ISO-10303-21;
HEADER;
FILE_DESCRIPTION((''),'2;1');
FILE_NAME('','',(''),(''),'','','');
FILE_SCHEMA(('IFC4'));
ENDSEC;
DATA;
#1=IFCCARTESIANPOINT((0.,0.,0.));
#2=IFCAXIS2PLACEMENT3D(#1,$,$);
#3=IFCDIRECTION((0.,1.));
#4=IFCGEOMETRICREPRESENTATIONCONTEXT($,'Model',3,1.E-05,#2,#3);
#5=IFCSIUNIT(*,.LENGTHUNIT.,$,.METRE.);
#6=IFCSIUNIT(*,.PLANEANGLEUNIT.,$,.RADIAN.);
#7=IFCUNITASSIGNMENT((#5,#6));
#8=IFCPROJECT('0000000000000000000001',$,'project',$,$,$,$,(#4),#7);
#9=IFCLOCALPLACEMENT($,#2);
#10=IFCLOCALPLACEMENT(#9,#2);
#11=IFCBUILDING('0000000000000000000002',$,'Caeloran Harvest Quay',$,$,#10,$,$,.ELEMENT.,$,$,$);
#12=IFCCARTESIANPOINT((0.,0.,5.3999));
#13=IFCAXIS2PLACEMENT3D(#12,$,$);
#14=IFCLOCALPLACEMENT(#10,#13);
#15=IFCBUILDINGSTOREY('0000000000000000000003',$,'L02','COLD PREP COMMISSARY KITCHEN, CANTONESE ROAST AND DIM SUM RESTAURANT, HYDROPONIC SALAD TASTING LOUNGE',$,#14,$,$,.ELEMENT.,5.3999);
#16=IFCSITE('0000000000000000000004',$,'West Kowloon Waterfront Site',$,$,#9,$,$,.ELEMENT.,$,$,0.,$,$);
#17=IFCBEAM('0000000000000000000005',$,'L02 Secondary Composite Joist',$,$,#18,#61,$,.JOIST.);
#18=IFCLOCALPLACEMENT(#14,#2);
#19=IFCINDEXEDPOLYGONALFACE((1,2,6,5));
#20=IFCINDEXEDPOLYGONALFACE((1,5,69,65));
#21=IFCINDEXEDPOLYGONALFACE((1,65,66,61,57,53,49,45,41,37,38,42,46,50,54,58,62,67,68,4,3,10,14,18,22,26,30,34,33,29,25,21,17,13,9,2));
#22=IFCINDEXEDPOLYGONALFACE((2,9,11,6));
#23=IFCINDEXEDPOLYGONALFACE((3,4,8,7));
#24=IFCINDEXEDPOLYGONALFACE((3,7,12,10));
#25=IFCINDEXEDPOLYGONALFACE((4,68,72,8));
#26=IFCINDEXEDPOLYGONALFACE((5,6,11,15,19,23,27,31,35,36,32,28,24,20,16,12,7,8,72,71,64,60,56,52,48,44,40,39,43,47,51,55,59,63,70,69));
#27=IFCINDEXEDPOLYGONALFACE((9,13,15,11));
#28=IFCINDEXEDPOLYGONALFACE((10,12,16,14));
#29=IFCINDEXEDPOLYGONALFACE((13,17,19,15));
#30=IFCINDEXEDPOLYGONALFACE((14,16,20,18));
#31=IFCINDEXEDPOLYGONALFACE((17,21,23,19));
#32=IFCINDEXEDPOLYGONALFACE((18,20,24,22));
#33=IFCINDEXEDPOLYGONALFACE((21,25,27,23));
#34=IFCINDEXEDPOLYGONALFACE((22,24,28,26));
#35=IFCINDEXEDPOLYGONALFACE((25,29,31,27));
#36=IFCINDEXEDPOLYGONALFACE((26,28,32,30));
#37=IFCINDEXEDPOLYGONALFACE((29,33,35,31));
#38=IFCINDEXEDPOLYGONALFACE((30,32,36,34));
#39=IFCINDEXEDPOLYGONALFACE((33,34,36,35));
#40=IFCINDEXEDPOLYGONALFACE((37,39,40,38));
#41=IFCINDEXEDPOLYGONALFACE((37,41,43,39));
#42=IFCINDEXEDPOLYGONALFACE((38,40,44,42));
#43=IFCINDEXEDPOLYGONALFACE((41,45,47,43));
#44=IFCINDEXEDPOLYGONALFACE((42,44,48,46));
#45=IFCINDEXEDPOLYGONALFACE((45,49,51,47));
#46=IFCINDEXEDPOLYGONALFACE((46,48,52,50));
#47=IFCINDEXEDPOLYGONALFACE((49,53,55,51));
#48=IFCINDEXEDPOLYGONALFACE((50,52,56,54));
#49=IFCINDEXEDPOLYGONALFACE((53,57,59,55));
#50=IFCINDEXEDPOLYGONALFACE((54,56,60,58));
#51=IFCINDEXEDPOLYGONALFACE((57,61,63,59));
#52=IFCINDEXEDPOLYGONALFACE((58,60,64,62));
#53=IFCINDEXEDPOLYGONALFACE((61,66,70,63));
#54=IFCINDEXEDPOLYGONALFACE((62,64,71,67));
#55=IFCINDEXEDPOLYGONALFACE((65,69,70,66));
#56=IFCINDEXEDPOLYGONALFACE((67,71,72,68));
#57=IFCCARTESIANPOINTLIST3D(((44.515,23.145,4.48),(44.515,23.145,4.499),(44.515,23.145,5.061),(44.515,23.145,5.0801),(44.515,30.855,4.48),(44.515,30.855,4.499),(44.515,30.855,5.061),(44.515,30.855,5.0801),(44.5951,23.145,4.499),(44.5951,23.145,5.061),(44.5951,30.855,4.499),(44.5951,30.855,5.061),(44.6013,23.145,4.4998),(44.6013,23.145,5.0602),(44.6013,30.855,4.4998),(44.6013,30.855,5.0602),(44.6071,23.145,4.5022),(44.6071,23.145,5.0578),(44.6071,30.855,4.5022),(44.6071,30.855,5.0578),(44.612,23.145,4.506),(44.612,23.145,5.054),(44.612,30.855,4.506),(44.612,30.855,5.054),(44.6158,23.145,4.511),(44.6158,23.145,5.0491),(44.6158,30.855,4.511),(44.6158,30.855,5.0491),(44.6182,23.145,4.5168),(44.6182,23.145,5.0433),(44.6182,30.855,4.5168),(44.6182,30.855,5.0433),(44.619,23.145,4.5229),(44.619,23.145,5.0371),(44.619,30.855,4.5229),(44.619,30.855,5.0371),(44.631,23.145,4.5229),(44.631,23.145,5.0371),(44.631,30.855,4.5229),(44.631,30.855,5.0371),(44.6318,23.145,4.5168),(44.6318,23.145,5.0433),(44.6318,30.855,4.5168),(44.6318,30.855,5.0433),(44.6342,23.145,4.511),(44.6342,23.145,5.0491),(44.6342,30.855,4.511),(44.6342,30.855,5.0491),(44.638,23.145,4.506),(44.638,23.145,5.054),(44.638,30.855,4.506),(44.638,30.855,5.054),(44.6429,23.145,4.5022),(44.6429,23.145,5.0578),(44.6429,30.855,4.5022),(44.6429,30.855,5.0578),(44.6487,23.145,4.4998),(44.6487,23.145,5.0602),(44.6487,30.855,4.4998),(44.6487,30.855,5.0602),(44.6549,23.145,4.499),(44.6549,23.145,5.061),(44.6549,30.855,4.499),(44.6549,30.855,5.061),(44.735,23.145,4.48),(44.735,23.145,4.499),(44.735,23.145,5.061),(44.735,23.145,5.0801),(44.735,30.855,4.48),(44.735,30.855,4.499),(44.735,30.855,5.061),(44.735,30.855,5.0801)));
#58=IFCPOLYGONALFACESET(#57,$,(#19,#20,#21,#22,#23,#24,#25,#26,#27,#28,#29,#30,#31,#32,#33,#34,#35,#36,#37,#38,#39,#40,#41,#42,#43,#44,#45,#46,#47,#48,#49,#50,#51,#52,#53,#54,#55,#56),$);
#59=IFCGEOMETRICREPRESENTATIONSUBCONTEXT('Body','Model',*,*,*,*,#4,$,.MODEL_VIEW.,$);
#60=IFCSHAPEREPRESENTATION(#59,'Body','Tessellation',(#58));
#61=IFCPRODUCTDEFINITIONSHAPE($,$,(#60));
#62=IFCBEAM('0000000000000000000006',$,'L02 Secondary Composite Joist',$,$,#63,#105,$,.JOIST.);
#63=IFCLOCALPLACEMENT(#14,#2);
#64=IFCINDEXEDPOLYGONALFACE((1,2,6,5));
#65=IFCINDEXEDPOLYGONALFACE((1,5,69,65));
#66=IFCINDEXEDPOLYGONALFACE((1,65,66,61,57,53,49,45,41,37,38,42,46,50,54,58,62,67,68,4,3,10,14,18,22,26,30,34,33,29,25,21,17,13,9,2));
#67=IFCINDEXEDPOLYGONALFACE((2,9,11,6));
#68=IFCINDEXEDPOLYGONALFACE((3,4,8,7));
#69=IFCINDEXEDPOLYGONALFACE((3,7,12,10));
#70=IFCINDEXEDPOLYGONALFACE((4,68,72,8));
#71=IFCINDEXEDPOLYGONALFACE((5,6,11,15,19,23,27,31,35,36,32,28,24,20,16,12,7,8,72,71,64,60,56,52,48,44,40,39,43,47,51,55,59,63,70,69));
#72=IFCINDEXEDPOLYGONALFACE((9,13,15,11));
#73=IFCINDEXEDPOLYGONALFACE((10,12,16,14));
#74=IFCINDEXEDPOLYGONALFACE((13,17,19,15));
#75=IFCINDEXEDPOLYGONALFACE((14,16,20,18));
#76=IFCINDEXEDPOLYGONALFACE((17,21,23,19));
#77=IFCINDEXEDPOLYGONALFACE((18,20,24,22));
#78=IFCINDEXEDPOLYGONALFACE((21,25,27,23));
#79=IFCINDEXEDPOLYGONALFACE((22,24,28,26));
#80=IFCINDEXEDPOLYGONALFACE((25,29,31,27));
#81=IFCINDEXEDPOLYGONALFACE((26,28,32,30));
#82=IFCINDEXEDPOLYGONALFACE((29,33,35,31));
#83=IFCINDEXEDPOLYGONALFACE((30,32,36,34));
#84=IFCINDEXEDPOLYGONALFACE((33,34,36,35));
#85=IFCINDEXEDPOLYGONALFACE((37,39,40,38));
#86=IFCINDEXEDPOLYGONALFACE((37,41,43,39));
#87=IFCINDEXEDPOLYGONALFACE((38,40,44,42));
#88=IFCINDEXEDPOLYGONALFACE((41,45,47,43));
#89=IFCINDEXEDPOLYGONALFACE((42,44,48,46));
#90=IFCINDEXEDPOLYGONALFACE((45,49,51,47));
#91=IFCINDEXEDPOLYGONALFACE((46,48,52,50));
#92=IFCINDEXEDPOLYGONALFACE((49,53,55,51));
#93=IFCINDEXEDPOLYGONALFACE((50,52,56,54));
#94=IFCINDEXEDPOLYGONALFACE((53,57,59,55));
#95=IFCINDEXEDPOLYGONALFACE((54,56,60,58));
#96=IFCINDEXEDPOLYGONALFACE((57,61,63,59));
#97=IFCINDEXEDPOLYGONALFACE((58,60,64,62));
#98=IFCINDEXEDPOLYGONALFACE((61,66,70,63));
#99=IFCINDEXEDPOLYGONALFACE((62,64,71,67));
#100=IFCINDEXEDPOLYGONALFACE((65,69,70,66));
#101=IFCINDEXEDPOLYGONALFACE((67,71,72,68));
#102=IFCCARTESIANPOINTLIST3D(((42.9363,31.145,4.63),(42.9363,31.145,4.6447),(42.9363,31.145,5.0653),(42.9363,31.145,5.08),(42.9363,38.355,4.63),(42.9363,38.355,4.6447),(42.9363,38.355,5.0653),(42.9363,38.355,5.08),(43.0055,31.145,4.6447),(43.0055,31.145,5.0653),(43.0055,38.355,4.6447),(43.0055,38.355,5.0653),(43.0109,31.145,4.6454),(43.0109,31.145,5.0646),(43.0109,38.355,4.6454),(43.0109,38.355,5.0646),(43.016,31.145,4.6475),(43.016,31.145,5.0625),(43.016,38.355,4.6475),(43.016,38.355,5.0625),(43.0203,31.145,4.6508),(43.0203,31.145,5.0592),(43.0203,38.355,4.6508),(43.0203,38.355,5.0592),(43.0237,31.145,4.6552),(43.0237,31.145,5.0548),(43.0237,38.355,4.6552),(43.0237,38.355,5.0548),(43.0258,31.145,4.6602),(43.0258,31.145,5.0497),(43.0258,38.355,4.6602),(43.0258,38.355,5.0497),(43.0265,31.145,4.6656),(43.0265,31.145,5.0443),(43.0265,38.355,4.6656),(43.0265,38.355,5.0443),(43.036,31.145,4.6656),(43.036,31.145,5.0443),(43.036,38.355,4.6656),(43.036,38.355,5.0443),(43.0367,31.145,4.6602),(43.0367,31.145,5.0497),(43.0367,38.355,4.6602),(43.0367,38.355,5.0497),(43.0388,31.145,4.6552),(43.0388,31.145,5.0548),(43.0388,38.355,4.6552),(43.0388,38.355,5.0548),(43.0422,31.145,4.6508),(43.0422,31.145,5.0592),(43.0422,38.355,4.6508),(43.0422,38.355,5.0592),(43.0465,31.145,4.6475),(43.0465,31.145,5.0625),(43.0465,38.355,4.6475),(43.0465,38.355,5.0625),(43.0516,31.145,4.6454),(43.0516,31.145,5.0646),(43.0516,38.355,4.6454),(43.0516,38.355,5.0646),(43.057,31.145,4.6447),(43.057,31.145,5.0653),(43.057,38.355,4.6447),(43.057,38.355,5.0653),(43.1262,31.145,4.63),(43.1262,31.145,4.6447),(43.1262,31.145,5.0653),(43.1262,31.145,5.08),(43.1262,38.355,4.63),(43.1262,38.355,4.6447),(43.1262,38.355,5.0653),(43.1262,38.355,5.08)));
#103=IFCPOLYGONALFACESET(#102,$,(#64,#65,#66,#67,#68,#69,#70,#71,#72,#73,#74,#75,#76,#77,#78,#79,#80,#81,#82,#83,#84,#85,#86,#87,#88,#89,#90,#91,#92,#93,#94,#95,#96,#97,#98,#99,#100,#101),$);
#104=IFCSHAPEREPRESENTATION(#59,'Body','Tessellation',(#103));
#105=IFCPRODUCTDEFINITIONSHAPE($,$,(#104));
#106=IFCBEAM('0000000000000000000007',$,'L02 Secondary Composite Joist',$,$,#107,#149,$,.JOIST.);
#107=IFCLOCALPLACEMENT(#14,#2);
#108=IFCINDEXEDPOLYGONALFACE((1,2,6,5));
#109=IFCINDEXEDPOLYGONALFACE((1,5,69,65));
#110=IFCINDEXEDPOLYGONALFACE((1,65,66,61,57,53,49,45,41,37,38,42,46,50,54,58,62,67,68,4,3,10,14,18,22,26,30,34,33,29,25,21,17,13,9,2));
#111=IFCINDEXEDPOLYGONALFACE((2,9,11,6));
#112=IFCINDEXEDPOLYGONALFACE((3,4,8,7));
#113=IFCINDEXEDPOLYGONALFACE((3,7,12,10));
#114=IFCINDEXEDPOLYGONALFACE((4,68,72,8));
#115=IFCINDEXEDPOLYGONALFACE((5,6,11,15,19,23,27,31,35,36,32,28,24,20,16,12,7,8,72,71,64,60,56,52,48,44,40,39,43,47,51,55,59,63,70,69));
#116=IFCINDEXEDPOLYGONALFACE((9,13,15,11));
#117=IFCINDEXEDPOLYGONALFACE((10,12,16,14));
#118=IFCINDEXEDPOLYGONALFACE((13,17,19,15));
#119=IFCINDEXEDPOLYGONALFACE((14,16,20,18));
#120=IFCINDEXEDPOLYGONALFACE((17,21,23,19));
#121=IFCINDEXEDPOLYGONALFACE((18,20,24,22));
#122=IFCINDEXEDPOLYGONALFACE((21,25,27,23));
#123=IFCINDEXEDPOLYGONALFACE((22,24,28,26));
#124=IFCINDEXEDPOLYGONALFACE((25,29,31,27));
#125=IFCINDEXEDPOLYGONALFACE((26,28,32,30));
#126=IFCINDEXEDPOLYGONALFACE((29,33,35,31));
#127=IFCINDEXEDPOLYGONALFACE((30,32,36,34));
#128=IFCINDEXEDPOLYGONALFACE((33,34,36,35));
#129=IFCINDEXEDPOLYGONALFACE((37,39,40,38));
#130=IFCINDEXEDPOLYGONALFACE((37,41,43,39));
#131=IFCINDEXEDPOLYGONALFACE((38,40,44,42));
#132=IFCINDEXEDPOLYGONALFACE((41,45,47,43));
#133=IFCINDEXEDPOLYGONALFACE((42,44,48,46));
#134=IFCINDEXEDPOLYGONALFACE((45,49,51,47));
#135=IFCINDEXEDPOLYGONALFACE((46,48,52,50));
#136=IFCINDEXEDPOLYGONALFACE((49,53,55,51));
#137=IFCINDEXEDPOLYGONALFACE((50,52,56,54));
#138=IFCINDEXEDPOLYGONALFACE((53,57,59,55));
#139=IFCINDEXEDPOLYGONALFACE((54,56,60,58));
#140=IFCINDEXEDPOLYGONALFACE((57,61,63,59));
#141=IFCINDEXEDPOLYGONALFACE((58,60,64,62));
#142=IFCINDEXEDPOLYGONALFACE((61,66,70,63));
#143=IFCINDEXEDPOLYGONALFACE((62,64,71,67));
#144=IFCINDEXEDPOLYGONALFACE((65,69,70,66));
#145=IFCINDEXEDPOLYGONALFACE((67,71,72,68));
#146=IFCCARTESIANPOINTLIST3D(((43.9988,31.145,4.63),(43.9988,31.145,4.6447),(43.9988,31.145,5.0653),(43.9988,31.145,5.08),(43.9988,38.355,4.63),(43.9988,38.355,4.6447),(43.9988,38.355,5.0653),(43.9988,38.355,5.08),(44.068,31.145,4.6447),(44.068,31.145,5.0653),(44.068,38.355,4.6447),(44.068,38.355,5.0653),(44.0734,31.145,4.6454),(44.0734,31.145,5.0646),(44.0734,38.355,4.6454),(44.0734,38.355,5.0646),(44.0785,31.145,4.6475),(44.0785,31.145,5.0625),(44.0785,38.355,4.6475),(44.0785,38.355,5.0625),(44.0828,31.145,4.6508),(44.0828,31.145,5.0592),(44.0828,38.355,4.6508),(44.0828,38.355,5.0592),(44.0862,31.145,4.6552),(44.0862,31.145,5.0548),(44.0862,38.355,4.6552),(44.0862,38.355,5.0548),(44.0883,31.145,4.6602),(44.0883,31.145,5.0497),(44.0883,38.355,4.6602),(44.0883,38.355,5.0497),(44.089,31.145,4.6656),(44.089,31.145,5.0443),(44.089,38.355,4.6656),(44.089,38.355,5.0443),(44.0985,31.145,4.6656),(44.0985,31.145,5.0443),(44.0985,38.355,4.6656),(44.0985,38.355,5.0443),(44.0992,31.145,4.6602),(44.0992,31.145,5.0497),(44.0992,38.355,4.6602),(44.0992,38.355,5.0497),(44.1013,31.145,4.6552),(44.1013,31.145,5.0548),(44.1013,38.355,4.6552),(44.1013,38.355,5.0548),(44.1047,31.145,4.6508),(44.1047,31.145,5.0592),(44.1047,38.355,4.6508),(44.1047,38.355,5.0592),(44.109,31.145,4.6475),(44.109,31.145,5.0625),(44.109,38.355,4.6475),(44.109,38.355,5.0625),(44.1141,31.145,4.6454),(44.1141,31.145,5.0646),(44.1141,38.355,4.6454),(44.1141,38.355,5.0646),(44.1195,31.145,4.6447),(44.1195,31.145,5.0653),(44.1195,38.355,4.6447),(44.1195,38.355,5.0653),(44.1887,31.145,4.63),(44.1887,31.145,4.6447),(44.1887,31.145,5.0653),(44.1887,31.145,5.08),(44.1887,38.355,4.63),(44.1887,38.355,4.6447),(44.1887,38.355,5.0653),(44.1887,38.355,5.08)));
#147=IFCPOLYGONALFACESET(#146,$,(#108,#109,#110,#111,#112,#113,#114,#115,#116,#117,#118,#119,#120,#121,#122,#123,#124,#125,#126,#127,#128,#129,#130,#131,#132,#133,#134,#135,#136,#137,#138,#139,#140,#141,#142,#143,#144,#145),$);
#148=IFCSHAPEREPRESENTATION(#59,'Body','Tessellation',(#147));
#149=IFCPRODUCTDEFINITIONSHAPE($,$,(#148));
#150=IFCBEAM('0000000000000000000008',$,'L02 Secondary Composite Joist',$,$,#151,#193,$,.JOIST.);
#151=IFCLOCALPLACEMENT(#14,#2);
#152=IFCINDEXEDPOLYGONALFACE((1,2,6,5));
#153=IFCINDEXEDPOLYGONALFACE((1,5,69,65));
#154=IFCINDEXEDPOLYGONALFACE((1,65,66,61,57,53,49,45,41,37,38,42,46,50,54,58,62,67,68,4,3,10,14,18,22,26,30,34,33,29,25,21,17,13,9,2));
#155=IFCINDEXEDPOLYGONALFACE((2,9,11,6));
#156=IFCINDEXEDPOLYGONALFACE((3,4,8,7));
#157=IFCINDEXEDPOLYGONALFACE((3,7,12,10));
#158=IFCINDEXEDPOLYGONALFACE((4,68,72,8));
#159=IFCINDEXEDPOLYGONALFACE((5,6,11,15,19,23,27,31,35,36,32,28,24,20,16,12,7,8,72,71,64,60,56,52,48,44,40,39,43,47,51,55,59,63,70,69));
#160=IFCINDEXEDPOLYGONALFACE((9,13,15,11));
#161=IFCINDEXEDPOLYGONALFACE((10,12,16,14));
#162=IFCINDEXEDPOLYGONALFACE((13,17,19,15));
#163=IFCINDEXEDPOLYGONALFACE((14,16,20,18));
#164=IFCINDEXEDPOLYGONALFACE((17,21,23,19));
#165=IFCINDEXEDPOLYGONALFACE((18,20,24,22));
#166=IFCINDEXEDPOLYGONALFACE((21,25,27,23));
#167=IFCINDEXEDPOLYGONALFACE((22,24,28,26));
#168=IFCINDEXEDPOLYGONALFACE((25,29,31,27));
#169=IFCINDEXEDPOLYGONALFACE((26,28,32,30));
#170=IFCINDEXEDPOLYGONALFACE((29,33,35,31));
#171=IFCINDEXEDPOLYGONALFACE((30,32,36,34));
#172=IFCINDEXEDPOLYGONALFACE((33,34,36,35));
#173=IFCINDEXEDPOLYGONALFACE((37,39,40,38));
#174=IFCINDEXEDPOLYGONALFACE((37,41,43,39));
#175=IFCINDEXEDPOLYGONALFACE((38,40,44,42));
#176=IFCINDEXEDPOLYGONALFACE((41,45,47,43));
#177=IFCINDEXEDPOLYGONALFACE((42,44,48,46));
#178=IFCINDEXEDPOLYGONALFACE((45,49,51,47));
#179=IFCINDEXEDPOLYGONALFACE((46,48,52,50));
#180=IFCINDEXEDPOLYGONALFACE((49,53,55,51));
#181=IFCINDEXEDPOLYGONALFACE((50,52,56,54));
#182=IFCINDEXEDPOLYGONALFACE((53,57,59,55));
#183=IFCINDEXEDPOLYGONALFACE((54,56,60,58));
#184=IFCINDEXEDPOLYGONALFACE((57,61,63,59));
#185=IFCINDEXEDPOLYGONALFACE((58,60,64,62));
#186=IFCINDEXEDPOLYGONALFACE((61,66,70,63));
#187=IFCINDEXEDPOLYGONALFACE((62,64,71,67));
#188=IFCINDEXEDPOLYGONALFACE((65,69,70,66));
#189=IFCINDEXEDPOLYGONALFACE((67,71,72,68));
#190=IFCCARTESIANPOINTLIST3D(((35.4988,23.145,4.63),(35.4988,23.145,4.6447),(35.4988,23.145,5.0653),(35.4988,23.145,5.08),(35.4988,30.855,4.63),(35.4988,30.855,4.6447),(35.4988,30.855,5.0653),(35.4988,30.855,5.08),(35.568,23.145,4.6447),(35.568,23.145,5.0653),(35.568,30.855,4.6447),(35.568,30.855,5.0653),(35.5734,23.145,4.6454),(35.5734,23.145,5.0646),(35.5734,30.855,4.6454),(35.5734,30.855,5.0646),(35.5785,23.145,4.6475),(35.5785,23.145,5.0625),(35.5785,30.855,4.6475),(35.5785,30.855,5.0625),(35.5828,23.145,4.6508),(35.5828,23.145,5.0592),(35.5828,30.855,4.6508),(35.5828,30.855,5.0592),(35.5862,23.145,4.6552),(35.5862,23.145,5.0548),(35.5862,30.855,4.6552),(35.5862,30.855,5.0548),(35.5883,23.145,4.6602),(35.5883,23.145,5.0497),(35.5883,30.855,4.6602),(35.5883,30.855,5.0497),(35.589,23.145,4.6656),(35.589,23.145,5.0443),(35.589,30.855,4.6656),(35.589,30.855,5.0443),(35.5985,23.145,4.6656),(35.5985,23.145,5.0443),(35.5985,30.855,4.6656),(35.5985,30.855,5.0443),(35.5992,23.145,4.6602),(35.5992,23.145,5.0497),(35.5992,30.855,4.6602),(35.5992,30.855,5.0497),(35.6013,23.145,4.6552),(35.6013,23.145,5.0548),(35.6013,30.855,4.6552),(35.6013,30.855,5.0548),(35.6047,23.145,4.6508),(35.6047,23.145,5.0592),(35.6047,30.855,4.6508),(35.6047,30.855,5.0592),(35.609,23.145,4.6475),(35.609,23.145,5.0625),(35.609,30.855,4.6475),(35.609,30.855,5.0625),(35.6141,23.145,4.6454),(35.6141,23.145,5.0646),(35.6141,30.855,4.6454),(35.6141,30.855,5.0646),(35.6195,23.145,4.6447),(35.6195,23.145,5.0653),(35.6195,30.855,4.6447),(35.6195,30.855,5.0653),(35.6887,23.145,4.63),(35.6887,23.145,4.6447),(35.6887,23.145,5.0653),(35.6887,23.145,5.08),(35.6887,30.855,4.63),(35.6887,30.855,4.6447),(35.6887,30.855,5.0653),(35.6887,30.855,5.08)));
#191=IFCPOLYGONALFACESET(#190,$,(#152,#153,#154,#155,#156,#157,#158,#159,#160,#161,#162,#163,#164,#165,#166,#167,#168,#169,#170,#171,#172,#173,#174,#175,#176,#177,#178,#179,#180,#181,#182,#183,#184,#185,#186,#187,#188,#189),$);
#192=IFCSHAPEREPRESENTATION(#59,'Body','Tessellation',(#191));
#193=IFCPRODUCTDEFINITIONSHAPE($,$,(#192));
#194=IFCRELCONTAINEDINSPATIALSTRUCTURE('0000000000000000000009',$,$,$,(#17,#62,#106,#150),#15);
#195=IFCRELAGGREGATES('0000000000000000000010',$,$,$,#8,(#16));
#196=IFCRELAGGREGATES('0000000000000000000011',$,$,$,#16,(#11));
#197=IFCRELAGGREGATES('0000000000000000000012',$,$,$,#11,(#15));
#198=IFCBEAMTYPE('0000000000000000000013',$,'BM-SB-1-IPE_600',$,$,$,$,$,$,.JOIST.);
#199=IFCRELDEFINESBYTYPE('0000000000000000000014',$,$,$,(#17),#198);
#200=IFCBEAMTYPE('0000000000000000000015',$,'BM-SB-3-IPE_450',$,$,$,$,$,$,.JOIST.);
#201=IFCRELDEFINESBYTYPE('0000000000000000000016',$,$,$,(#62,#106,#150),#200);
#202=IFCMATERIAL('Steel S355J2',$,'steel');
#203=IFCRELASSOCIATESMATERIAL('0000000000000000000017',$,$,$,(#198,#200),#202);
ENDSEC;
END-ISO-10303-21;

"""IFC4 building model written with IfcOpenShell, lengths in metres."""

from ifc_helpers import new_model, si_unit, direction, frame, origin, origin_2d, place, context, subcontext, project, spatial, i_section, extrude, material, material_profile, profile_set, type_object, element, save


model = new_model("IFC4")

# Units and contexts
model_context = context("Model", 3, precision=1e-05, world=origin(), true_north=direction((0.0, 1.0)))
body_context = subcontext(model_context, "Body", "Model", "MODEL_VIEW")
ifc_project = project(units=[si_unit("LENGTHUNIT", "METRE"), si_unit("PLANEANGLEUNIT", "RADIAN")], contexts=[model_context])

# Site, building, storey
site_placement = place(None, origin())
site = spatial("IfcSite", under=ifc_project, at=site_placement, Name="West Kowloon Waterfront Site", CompositionType="ELEMENT", RefElevation=0.0)
building_placement = place(site_placement, origin())
building = spatial("IfcBuilding", under=site, at=building_placement, Name="Caeloran Harvest Quay", CompositionType="ELEMENT")
storey_placement = place(building_placement, frame((0.0, 0.0, 5.3999)))
storey = spatial("IfcBuildingStorey", under=building, at=storey_placement, Name="L02", Description="COLD PREP COMMISSARY KITCHEN, CANTONESE ROAST AND DIM SUM RESTAURANT, HYDROPONIC SALAD TASTING LOUNGE", CompositionType="ELEMENT", Elevation=5.3999)

# Beams
ifc_material_1 = material(Name="Steel S355J2", Category="steel")
ifc_material_profile_1 = material_profile(ifc_material_1, i_section(OverallWidth=0.22, OverallDepth=0.6001, WebThickness=0.012, FlangeThickness=0.019, FilletRadius=0.0239, at=origin_2d()), Name="IPE 600")
ifc_profile_set_1 = profile_set([ifc_material_profile_1], Name="Steel S355J2")
beam_type_1 = type_object("IfcBeamType", Name="BM-SB-1-IPE_600", PredefinedType="JOIST", material=ifc_profile_set_1)
for number, where, z_axis, x_axis, name in (
    (1, (44.625, 23.145, 4.78), (0.0, 1.0, 0.0), (-1.0, 0.0, 0.0), "L02 Secondary Composite Joist"),
):
    element("IfcBeam", number, at=place(storey_placement, frame(where, z_axis=z_axis, x_axis=x_axis)), inside=storey, type_object=beam_type_1, Name=name, PredefinedType="JOIST", context=body_context, shape_type="SweptSolid", body=[
        extrude(i_section(OverallWidth=0.22, OverallDepth=0.6001, WebThickness=0.012, FlangeThickness=0.019, FilletRadius=0.0239, at=origin_2d()), origin(), (0.0, 0.0, 1.0), 7.71),
    ])
ifc_material_profile_2 = material_profile(ifc_material_1, i_section(OverallWidth=0.1899, OverallDepth=0.45, WebThickness=0.0095, FlangeThickness=0.0146, FilletRadius=0.021, at=origin_2d()), Name="IPE 450")
ifc_profile_set_2 = profile_set([ifc_material_profile_2], Name="Steel S355J2")
beam_type_2 = type_object("IfcBeamType", Name="BM-SB-3-IPE_450", PredefinedType="JOIST", material=ifc_profile_set_2)
for number, where, z_axis, x_axis, name in (
    (2, (43.0312, 31.145, 4.855), (0.0, 1.0, 0.0), (-1.0, 0.0, 0.0), "L02 Secondary Composite Joist"),
    (3, (44.0938, 31.145, 4.855), (0.0, 1.0, 0.0), (-1.0, 0.0, 0.0), "L02 Secondary Composite Joist"),
):
    element("IfcBeam", number, at=place(storey_placement, frame(where, z_axis=z_axis, x_axis=x_axis)), inside=storey, type_object=beam_type_2, Name=name, PredefinedType="JOIST", context=body_context, shape_type="SweptSolid", body=[
        extrude(i_section(OverallWidth=0.1899, OverallDepth=0.45, WebThickness=0.0095, FlangeThickness=0.0146, FilletRadius=0.021, at=origin_2d()), origin(), (0.0, 0.0, 1.0), 7.21),
    ])
for number, where, z_axis, x_axis, name in (
    (4, (35.5938, 23.145, 4.855), (0.0, 1.0, 0.0), (-1.0, 0.0, 0.0), "L02 Secondary Composite Joist"),
):
    element("IfcBeam", number, at=place(storey_placement, frame(where, z_axis=z_axis, x_axis=x_axis)), inside=storey, type_object=beam_type_2, Name=name, PredefinedType="JOIST", context=body_context, shape_type="SweptSolid", body=[
        extrude(i_section(OverallWidth=0.1899, OverallDepth=0.45, WebThickness=0.0095, FlangeThickness=0.0146, FilletRadius=0.021, at=origin_2d()), origin(), (0.0, 0.0, 1.0), 7.71),
    ])

save(model, "model.ifc")
